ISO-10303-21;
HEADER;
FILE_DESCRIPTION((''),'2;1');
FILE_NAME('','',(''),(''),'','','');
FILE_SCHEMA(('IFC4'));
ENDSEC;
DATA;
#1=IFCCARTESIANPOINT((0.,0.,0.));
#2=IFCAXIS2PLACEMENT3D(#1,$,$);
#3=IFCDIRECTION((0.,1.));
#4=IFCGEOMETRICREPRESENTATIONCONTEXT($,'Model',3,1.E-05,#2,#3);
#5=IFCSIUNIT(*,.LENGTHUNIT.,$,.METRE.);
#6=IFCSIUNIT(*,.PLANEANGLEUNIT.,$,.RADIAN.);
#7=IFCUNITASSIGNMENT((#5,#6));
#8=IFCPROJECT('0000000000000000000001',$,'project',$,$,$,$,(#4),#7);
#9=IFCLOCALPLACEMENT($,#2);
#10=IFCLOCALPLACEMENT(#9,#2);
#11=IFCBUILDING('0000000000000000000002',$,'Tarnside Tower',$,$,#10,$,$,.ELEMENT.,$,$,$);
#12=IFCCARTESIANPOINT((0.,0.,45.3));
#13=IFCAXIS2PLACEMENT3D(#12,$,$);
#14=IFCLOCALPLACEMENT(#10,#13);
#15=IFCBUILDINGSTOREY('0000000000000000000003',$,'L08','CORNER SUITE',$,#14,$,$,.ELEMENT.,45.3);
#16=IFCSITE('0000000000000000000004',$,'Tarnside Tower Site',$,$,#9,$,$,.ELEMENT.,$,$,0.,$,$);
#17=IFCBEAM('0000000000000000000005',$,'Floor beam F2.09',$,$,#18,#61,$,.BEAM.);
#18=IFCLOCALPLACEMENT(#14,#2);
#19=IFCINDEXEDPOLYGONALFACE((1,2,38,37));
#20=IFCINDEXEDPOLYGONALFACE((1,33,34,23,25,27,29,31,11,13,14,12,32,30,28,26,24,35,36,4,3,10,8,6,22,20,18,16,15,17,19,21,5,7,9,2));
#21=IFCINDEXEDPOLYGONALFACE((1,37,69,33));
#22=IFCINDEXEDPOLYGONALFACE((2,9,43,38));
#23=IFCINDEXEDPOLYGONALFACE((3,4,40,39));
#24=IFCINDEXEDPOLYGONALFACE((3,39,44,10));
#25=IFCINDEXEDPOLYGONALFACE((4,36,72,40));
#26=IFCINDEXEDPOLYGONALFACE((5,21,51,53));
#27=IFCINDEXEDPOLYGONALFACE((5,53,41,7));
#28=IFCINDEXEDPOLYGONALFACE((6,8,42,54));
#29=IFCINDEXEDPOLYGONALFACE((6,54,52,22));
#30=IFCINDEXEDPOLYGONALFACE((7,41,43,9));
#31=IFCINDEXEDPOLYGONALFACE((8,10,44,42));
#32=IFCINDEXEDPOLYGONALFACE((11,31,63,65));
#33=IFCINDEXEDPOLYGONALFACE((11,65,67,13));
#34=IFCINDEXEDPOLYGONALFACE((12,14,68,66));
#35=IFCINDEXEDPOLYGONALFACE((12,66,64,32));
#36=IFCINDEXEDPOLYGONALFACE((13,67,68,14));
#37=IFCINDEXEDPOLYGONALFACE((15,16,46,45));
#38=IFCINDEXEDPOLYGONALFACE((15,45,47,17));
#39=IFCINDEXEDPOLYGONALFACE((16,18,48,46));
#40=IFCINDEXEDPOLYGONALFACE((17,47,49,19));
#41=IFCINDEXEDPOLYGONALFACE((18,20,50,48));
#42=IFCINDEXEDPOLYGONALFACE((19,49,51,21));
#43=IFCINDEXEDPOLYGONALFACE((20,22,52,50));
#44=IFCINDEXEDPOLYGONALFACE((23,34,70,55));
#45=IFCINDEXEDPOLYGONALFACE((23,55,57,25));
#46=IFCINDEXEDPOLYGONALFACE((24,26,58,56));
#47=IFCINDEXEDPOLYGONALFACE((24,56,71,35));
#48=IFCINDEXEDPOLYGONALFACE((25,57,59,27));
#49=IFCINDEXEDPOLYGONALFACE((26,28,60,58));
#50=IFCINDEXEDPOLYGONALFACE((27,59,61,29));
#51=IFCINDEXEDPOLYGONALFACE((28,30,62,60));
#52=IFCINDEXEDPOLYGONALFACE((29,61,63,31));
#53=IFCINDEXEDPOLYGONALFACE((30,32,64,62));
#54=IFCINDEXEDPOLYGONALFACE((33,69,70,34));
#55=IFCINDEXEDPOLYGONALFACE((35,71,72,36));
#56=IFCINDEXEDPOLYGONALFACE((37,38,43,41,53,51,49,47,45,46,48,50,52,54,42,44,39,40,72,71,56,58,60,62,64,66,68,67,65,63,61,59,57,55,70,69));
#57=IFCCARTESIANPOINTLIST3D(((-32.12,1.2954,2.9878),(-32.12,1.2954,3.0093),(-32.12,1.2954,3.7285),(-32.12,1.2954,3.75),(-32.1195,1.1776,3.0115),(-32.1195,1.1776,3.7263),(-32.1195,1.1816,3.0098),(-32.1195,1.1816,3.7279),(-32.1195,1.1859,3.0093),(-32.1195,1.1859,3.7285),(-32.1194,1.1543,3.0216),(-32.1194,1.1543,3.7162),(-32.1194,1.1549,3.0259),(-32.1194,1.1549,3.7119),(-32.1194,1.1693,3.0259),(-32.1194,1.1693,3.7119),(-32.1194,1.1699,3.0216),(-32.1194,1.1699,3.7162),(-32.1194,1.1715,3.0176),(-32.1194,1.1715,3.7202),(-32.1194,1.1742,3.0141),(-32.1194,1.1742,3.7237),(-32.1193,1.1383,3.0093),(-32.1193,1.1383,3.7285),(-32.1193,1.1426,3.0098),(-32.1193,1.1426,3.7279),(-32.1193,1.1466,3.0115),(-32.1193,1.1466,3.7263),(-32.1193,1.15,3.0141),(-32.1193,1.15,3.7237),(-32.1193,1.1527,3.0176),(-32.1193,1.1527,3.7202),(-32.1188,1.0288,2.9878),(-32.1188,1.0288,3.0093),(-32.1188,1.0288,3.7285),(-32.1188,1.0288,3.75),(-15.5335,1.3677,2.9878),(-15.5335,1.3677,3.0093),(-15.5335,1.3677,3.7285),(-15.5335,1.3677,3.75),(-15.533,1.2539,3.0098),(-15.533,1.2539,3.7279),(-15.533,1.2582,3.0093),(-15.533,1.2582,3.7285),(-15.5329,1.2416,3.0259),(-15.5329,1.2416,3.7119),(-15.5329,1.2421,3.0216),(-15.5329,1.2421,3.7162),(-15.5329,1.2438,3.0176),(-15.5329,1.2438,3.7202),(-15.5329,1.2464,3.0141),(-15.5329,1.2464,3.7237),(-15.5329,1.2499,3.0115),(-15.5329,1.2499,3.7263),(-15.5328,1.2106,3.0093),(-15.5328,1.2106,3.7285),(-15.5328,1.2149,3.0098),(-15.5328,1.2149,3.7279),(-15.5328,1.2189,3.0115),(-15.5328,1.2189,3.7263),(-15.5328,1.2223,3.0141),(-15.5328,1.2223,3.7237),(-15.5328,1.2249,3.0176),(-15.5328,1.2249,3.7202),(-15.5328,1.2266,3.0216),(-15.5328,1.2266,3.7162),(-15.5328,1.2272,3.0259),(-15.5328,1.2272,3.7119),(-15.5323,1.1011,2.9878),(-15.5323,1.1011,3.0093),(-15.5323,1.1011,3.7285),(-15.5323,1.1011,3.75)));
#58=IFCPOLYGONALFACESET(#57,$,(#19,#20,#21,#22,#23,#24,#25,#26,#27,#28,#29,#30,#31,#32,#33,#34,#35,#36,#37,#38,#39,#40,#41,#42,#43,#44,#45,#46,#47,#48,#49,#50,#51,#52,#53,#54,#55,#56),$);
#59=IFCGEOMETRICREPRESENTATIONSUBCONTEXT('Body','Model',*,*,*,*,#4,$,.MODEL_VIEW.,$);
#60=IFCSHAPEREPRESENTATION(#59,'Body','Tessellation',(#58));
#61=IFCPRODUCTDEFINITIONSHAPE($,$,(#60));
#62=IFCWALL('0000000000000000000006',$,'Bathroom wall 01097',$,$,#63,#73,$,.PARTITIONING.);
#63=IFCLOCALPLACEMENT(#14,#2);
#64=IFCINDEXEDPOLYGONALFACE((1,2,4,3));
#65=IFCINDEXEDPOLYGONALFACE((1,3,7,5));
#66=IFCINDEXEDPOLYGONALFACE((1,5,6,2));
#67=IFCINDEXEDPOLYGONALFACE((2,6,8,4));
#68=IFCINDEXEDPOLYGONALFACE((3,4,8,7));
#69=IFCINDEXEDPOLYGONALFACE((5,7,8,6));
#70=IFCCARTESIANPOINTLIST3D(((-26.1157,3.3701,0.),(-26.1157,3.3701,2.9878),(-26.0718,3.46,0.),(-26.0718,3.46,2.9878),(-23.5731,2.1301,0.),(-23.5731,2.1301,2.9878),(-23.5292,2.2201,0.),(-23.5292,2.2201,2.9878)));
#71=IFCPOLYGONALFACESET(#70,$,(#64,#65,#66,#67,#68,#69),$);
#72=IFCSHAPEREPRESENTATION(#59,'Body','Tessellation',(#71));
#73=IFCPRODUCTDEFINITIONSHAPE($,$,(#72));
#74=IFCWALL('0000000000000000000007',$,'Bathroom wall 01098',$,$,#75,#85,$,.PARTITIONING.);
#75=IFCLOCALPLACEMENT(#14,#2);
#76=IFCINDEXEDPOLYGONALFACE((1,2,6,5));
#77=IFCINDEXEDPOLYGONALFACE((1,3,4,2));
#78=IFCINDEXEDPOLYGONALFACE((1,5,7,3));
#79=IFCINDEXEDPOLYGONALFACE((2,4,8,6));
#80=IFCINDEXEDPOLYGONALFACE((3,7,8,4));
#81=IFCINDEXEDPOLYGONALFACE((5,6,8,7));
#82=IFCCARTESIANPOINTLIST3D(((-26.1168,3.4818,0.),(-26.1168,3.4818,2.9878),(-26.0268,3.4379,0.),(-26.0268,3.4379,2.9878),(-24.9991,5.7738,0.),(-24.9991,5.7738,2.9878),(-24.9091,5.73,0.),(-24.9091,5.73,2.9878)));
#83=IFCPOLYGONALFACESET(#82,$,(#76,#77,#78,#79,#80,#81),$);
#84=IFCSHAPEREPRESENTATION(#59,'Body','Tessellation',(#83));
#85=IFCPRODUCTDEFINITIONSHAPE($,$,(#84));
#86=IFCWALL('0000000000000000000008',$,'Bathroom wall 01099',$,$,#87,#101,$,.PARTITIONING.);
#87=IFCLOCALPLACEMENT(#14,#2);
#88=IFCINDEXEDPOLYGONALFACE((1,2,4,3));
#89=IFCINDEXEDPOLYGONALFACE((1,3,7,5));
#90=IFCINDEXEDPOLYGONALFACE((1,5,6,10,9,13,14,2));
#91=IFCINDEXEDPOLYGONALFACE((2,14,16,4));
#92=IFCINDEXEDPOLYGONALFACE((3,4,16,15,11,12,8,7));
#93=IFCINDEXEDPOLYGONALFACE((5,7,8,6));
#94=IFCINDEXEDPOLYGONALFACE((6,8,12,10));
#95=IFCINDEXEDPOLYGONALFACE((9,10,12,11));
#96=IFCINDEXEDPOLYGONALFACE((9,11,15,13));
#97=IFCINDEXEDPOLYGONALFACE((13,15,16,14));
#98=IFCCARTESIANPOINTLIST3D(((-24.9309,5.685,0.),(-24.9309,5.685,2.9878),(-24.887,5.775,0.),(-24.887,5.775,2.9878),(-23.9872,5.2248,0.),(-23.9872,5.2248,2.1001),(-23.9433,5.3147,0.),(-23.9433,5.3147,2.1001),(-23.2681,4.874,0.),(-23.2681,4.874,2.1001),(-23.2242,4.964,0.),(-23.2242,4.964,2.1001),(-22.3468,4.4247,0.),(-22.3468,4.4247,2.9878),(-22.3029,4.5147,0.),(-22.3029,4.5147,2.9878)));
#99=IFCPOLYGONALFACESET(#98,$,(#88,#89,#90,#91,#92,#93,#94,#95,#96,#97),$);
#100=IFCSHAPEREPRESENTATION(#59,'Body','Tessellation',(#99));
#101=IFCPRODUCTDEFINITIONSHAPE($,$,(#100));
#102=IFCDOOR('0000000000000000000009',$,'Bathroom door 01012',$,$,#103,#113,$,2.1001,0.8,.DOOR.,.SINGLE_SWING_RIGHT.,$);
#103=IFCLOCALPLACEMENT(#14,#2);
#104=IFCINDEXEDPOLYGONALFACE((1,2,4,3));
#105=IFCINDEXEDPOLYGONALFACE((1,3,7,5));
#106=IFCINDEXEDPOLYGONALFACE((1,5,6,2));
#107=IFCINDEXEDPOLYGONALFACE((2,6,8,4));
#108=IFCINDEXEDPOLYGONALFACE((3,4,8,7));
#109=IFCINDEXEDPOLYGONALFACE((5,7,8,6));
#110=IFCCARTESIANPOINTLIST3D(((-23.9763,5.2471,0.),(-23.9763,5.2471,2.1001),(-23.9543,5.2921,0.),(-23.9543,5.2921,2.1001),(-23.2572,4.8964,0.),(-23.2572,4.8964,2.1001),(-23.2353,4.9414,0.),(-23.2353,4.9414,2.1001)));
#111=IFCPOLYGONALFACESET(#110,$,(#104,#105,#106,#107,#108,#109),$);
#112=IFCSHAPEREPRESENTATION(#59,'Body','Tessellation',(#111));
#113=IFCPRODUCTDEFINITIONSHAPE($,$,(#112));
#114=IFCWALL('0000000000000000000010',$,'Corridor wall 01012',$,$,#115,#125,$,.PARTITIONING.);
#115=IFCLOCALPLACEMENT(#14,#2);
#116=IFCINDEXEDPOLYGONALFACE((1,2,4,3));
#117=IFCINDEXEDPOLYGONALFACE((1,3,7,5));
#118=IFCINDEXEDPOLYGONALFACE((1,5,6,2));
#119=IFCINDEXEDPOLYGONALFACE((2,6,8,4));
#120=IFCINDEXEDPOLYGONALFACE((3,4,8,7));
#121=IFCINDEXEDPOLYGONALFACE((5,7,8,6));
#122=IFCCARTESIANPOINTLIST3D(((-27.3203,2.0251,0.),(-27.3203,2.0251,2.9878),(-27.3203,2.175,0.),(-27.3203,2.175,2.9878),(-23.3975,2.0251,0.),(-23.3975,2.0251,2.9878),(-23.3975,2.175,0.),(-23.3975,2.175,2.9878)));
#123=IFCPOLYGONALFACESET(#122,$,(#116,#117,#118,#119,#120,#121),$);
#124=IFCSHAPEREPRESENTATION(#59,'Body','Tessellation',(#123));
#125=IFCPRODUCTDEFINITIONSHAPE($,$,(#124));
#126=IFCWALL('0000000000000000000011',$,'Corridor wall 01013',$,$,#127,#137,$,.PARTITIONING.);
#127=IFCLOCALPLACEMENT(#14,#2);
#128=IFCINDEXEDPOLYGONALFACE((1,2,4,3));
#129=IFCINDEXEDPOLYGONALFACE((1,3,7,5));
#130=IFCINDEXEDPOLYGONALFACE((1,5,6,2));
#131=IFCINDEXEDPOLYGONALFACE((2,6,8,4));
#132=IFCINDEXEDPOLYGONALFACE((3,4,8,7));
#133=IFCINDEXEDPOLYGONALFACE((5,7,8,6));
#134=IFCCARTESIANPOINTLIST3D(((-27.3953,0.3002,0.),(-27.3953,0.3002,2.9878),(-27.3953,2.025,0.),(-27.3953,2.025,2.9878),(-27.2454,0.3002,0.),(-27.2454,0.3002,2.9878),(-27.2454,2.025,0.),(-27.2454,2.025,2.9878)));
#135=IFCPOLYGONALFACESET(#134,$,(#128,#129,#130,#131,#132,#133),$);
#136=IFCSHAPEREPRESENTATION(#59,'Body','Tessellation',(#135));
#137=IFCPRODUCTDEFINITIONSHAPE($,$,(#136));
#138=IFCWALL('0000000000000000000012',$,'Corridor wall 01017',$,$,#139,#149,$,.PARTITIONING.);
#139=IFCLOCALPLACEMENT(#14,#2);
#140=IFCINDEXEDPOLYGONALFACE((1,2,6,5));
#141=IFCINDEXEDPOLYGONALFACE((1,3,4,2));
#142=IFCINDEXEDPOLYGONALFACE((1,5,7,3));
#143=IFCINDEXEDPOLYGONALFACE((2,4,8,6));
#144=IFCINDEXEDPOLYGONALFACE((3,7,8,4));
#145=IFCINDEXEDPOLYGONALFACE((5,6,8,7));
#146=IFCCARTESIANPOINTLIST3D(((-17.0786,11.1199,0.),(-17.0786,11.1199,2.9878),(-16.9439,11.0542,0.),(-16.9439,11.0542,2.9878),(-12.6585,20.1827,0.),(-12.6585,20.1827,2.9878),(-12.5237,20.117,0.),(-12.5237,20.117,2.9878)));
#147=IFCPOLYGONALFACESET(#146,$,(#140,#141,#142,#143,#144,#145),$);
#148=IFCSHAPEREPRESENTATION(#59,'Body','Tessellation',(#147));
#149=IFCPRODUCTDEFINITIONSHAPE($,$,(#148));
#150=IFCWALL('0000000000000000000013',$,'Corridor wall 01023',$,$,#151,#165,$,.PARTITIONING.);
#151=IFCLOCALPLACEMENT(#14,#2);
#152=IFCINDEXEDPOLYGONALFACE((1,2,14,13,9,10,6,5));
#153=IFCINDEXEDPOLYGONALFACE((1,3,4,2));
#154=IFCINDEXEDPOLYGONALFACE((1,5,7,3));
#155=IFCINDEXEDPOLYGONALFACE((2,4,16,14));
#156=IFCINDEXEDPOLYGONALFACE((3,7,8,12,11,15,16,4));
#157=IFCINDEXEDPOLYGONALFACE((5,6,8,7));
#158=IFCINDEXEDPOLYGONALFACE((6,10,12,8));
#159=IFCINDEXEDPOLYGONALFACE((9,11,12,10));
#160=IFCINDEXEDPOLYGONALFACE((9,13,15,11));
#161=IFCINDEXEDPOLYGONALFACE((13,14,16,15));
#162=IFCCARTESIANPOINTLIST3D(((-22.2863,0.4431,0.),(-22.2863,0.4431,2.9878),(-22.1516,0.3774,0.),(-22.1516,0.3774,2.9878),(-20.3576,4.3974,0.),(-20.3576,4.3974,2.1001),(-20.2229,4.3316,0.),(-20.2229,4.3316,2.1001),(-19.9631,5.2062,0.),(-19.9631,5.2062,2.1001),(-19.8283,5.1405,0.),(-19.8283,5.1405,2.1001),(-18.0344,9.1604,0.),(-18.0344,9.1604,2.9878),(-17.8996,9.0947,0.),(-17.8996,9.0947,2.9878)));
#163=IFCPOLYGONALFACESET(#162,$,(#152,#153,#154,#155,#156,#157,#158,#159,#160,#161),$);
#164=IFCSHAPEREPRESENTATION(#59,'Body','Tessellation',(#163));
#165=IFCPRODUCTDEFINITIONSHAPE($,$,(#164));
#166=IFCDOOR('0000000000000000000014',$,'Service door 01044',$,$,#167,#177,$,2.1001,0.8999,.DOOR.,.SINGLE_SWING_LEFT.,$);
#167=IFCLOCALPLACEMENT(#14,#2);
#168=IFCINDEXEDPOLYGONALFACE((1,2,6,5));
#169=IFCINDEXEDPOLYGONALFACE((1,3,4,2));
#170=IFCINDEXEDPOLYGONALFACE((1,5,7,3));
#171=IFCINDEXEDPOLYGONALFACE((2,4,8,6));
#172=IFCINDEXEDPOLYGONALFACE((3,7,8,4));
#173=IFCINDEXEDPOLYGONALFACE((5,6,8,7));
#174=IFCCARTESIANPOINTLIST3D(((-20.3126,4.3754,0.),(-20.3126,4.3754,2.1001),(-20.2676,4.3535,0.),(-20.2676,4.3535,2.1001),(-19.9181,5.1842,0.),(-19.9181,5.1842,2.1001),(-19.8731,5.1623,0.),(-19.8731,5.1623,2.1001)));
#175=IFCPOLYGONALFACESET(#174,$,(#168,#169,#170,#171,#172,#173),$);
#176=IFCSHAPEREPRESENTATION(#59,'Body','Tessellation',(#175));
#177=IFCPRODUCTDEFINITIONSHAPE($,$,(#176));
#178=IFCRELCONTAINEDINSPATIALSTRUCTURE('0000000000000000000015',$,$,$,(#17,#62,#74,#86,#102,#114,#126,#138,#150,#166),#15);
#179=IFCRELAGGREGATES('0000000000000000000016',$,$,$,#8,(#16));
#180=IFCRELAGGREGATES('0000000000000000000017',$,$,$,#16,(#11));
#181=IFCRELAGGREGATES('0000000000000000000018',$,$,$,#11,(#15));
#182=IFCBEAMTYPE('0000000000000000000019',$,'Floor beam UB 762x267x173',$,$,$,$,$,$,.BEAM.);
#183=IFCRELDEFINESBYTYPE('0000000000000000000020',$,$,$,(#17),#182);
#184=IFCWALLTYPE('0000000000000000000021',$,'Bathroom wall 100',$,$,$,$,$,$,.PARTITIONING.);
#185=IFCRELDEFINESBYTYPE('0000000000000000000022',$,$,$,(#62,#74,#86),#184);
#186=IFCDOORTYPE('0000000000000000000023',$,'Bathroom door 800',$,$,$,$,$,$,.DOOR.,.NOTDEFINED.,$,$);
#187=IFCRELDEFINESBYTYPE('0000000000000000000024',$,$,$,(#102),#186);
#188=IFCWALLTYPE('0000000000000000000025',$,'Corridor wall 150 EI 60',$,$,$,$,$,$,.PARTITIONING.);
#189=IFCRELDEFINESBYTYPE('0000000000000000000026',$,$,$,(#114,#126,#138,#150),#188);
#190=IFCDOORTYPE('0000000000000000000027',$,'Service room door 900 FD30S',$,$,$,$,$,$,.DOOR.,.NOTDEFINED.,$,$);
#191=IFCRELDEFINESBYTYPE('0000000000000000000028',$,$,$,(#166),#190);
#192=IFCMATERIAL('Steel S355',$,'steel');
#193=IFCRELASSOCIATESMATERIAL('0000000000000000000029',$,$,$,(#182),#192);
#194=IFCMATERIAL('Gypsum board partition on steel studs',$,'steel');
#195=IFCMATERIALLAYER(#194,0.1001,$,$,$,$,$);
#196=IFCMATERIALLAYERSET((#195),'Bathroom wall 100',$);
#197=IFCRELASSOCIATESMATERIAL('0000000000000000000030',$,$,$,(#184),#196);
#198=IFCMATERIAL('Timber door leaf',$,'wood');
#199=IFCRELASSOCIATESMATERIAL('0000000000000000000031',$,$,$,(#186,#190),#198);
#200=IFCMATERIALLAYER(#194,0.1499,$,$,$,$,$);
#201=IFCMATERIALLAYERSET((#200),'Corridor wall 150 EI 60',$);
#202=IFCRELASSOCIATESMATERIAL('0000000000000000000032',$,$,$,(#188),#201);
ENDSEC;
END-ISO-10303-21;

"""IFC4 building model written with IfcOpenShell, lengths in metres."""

from ifc_helpers import new_model, si_unit, direction, frame, frame_2d, origin, origin_2d, place, context, subcontext, project, spatial, rectangle, i_section, extrude, material, layer, layer_set, material_profile, profile_set, type_object, element, fill, save


model = new_model("IFC4")

# Units and contexts
model_context = context("Model", 3, precision=1e-05, world=origin(), true_north=direction((0.0, 1.0)))
body_context = subcontext(model_context, "Body", "Model", "MODEL_VIEW")
ifc_project = project(units=[si_unit("LENGTHUNIT", "METRE"), si_unit("PLANEANGLEUNIT", "RADIAN")], contexts=[model_context])

# Site, building, storey
site_placement = place(None, origin())
site = spatial("IfcSite", under=ifc_project, at=site_placement, Name="Tarnside Tower Site", CompositionType="ELEMENT", RefElevation=0.0)
building_placement = place(site_placement, origin())
building = spatial("IfcBuilding", under=site, at=building_placement, Name="Tarnside Tower", CompositionType="ELEMENT")
storey_placement = place(building_placement, frame((0.0, 0.0, 45.3)))
storey = spatial("IfcBuildingStorey", under=building, at=storey_placement, Name="L08", Description="CORNER SUITE", CompositionType="ELEMENT", Elevation=45.3)

# Beam
ifc_material_1 = material(Name="Steel S355", Category="steel")
ifc_material_profile_1 = material_profile(ifc_material_1, i_section(OverallWidth=0.2666, OverallDepth=0.7622, WebThickness=0.0144, FlangeThickness=0.0215, FilletRadius=0.0166, at=origin_2d()), Name="UB 762x267x173")
ifc_profile_set_1 = profile_set([ifc_material_profile_1], Name="Steel S355")
beam_type_1 = type_object("IfcBeamType", Name="Floor beam UB 762x267x173", PredefinedType="BEAM", material=ifc_profile_set_1)
beam_1_placement = place(storey_placement, frame((-32.1194, 1.1621, 3.3689), z_axis=(0.999991, 0.004357, 0.0), x_axis=(-0.004357, 0.999991, 0.0)))
element("IfcBeam", 1, at=beam_1_placement, inside=storey, type_object=beam_type_1, Name="Floor beam F2.09", PredefinedType="BEAM", context=body_context, shape_type="SweptSolid", body=[
    extrude(i_section(OverallWidth=0.2666, OverallDepth=0.7622, WebThickness=0.0144, FlangeThickness=0.0215, FilletRadius=0.0166, at=origin_2d()), origin(), (0.0, 0.0, 1.0), 16.5867),
])

# Walls
ifc_material_2 = material(Name="Gypsum board partition on steel studs", Category="steel")
ifc_layer_1 = layer(ifc_material_2, 0.1001)
ifc_layer_set_1 = layer_set([ifc_layer_1], Name="Bathroom wall 100")
wall_type_1 = type_object("IfcWallType", Name="Bathroom wall 100", PredefinedType="PARTITIONING", material=ifc_layer_set_1)
wall_1_placement = place(storey_placement, frame((-23.551, 2.175, 0.0), z_axis=(0.0, 0.0, 1.0), x_axis=(-0.898819, 0.43832, 0.0)))
element("IfcWall", 2, at=wall_1_placement, inside=storey, type_object=wall_type_1, Name="Bathroom wall 01097", PredefinedType="PARTITIONING", context=body_context, shape_type="SweptSolid", body=[
    extrude(rectangle(XDim=2.8289, YDim=0.1001, at=frame_2d((1.4146, 0.0))), origin(), (0.0, 0.0, 1.0), 2.9878),
])
wall_2_placement = place(storey_placement, frame((-26.0718, 3.46, 0.0), z_axis=(0.0, 0.0, 1.0), x_axis=(0.438307, 0.898825, 0.0)))
element("IfcWall", 3, at=wall_2_placement, inside=storey, type_object=wall_type_1, Name="Bathroom wall 01098", PredefinedType="PARTITIONING", context=body_context, shape_type="SweptSolid", body=[
    extrude(rectangle(XDim=2.55, YDim=0.1001, at=frame_2d((1.2749, 0.0))), origin(), (0.0, 0.0, 1.0), 2.9878),
])

# Wall, opening, door
wall_3_placement = place(storey_placement, frame((-24.9089, 5.73, 0.0), z_axis=(0.0, 0.0, 1.0), x_axis=(0.898799, -0.43836, 0.0)))
wall_3 = element("IfcWall", 4, at=wall_3_placement, inside=storey, type_object=wall_type_1, Name="Bathroom wall 01099", PredefinedType="PARTITIONING", context=body_context, shape_type="SweptSolid", body=[
    extrude(rectangle(XDim=2.875, YDim=0.1001, at=frame_2d((1.4375, 0.0))), origin(), (0.0, 0.0, 1.0), 2.9878),
])
opening_1_placement = place(wall_3_placement, frame((1.05, 0.0, 0.0)))
opening_1 = element("IfcOpeningElement", 5, at=opening_1_placement, cuts=wall_3, PredefinedType="OPENING", context=body_context, shape_type="SweptSolid", body=[
    extrude(rectangle(XDim=0.8, YDim=2.1001, at=frame_2d((0.3999, 1.05))), frame((0.0, 0.0601, 0.0), z_axis=(0.0, -1.0, 0.0), x_axis=(1.0, 0.0, 0.0)), (0.0, 0.0, 1.0), 0.1201),
])
ifc_material_3 = material(Name="Timber door leaf", Category="wood")
door_type_1 = type_object("IfcDoorType", Name="Bathroom door 800", OperationType="NOTDEFINED", PredefinedType="DOOR", material=ifc_material_3)
door_1_placement = place(opening_1_placement, origin())
door_1 = element("IfcDoor", 6, at=door_1_placement, inside=storey, type_object=door_type_1, Name="Bathroom door 01012", OperationType="SINGLE_SWING_RIGHT", OverallHeight=2.1001, OverallWidth=0.8, PredefinedType="DOOR", context=body_context, shape_type="SweptSolid", body=[
    extrude(rectangle(XDim=0.8, YDim=2.1001, at=frame_2d((0.3999, 1.05))), frame((0.0, 0.0249, 0.0), z_axis=(0.0, -1.0, 0.0), x_axis=(1.0, 0.0, 0.0)), (0.0, 0.0, 1.0), 0.05),
])
fill(opening_1, door_1)

# Walls
ifc_layer_2 = layer(ifc_material_2, 0.1499)
ifc_layer_set_2 = layer_set([ifc_layer_2], Name="Corridor wall 150 EI 60")
wall_type_2 = type_object("IfcWallType", Name="Corridor wall 150 EI 60", PredefinedType="PARTITIONING", material=ifc_layer_set_2)
wall_4_placement = place(storey_placement, frame((-23.3975, 2.1001, 0.0), z_axis=(0.0, 0.0, 1.0), x_axis=(-1.0, 0.0, 0.0)))
element("IfcWall", 7, at=wall_4_placement, inside=storey, type_object=wall_type_2, Name="Corridor wall 01012", PredefinedType="PARTITIONING", context=body_context, shape_type="SweptSolid", body=[
    extrude(rectangle(XDim=3.9229, YDim=0.1499, at=frame_2d((1.9614, 0.0))), origin(), (0.0, 0.0, 1.0), 2.9878),
])
wall_5_placement = place(storey_placement, frame((-27.3203, 2.0249, 0.0), z_axis=(0.0, 0.0, 1.0), x_axis=(0.0, -1.0, 0.0)))
element("IfcWall", 8, at=wall_5_placement, inside=storey, type_object=wall_type_2, Name="Corridor wall 01013", PredefinedType="PARTITIONING", context=body_context, shape_type="SweptSolid", body=[
    extrude(rectangle(XDim=1.7249, YDim=0.1499, at=frame_2d((0.8623, 0.0))), origin(), (0.0, 0.0, 1.0), 2.9878),
])
wall_6_placement = place(storey_placement, frame((-17.0112, 11.0872, 0.0), z_axis=(0.0, 0.0, 1.0), x_axis=(0.438369, 0.898795, 0.0)))
element("IfcWall", 9, at=wall_6_placement, inside=storey, type_object=wall_type_2, Name="Corridor wall 01017", PredefinedType="PARTITIONING", context=body_context, shape_type="SweptSolid", body=[
    extrude(rectangle(XDim=10.0833, YDim=0.1499, at=frame_2d((5.0415, 0.0))), origin(), (0.0, 0.0, 1.0), 2.9878),
])

# Wall, opening, door
wall_7_placement = place(storey_placement, frame((-22.219, 0.4102, 0.0), z_axis=(0.0, 0.0, 1.0), x_axis=(0.438392, 0.898784, 0.0)))
wall_7 = element("IfcWall", 10, at=wall_7_placement, inside=storey, type_object=wall_type_2, Name="Corridor wall 01023", PredefinedType="PARTITIONING", context=body_context, shape_type="SweptSolid", body=[
    extrude(rectangle(XDim=9.699, YDim=0.1499, at=frame_2d((4.8496, 0.0))), origin(), (0.0, 0.0, 1.0), 2.9878),
])
opening_2_placement = place(wall_7_placement, frame((4.3997, 0.0, 0.0)))
opening_2 = element("IfcOpeningElement", 11, at=opening_2_placement, cuts=wall_7, PredefinedType="OPENING", context=body_context, shape_type="SweptSolid", body=[
    extrude(rectangle(XDim=0.8999, YDim=2.1001, at=frame_2d((0.45, 1.05))), frame((0.0, 0.085, 0.0), z_axis=(0.0, -1.0, 0.0), x_axis=(1.0, 0.0, 0.0)), (0.0, 0.0, 1.0), 0.1699),
])
door_type_2 = type_object("IfcDoorType", Name="Service room door 900 FD30S", OperationType="NOTDEFINED", PredefinedType="DOOR", material=ifc_material_3)
door_2_placement = place(opening_2_placement, origin())
door_2 = element("IfcDoor", 12, at=door_2_placement, inside=storey, type_object=door_type_2, Name="Service door 01044", OperationType="SINGLE_SWING_LEFT", OverallHeight=2.1001, OverallWidth=0.8999, PredefinedType="DOOR", context=body_context, shape_type="SweptSolid", body=[
    extrude(rectangle(XDim=0.8999, YDim=2.1001, at=frame_2d((0.45, 1.05))), frame((0.0, 0.0249, 0.0), z_axis=(0.0, -1.0, 0.0), x_axis=(1.0, 0.0, 0.0)), (0.0, 0.0, 1.0), 0.05),
])
fill(opening_2, door_2)

save(model, "model.ifc")
